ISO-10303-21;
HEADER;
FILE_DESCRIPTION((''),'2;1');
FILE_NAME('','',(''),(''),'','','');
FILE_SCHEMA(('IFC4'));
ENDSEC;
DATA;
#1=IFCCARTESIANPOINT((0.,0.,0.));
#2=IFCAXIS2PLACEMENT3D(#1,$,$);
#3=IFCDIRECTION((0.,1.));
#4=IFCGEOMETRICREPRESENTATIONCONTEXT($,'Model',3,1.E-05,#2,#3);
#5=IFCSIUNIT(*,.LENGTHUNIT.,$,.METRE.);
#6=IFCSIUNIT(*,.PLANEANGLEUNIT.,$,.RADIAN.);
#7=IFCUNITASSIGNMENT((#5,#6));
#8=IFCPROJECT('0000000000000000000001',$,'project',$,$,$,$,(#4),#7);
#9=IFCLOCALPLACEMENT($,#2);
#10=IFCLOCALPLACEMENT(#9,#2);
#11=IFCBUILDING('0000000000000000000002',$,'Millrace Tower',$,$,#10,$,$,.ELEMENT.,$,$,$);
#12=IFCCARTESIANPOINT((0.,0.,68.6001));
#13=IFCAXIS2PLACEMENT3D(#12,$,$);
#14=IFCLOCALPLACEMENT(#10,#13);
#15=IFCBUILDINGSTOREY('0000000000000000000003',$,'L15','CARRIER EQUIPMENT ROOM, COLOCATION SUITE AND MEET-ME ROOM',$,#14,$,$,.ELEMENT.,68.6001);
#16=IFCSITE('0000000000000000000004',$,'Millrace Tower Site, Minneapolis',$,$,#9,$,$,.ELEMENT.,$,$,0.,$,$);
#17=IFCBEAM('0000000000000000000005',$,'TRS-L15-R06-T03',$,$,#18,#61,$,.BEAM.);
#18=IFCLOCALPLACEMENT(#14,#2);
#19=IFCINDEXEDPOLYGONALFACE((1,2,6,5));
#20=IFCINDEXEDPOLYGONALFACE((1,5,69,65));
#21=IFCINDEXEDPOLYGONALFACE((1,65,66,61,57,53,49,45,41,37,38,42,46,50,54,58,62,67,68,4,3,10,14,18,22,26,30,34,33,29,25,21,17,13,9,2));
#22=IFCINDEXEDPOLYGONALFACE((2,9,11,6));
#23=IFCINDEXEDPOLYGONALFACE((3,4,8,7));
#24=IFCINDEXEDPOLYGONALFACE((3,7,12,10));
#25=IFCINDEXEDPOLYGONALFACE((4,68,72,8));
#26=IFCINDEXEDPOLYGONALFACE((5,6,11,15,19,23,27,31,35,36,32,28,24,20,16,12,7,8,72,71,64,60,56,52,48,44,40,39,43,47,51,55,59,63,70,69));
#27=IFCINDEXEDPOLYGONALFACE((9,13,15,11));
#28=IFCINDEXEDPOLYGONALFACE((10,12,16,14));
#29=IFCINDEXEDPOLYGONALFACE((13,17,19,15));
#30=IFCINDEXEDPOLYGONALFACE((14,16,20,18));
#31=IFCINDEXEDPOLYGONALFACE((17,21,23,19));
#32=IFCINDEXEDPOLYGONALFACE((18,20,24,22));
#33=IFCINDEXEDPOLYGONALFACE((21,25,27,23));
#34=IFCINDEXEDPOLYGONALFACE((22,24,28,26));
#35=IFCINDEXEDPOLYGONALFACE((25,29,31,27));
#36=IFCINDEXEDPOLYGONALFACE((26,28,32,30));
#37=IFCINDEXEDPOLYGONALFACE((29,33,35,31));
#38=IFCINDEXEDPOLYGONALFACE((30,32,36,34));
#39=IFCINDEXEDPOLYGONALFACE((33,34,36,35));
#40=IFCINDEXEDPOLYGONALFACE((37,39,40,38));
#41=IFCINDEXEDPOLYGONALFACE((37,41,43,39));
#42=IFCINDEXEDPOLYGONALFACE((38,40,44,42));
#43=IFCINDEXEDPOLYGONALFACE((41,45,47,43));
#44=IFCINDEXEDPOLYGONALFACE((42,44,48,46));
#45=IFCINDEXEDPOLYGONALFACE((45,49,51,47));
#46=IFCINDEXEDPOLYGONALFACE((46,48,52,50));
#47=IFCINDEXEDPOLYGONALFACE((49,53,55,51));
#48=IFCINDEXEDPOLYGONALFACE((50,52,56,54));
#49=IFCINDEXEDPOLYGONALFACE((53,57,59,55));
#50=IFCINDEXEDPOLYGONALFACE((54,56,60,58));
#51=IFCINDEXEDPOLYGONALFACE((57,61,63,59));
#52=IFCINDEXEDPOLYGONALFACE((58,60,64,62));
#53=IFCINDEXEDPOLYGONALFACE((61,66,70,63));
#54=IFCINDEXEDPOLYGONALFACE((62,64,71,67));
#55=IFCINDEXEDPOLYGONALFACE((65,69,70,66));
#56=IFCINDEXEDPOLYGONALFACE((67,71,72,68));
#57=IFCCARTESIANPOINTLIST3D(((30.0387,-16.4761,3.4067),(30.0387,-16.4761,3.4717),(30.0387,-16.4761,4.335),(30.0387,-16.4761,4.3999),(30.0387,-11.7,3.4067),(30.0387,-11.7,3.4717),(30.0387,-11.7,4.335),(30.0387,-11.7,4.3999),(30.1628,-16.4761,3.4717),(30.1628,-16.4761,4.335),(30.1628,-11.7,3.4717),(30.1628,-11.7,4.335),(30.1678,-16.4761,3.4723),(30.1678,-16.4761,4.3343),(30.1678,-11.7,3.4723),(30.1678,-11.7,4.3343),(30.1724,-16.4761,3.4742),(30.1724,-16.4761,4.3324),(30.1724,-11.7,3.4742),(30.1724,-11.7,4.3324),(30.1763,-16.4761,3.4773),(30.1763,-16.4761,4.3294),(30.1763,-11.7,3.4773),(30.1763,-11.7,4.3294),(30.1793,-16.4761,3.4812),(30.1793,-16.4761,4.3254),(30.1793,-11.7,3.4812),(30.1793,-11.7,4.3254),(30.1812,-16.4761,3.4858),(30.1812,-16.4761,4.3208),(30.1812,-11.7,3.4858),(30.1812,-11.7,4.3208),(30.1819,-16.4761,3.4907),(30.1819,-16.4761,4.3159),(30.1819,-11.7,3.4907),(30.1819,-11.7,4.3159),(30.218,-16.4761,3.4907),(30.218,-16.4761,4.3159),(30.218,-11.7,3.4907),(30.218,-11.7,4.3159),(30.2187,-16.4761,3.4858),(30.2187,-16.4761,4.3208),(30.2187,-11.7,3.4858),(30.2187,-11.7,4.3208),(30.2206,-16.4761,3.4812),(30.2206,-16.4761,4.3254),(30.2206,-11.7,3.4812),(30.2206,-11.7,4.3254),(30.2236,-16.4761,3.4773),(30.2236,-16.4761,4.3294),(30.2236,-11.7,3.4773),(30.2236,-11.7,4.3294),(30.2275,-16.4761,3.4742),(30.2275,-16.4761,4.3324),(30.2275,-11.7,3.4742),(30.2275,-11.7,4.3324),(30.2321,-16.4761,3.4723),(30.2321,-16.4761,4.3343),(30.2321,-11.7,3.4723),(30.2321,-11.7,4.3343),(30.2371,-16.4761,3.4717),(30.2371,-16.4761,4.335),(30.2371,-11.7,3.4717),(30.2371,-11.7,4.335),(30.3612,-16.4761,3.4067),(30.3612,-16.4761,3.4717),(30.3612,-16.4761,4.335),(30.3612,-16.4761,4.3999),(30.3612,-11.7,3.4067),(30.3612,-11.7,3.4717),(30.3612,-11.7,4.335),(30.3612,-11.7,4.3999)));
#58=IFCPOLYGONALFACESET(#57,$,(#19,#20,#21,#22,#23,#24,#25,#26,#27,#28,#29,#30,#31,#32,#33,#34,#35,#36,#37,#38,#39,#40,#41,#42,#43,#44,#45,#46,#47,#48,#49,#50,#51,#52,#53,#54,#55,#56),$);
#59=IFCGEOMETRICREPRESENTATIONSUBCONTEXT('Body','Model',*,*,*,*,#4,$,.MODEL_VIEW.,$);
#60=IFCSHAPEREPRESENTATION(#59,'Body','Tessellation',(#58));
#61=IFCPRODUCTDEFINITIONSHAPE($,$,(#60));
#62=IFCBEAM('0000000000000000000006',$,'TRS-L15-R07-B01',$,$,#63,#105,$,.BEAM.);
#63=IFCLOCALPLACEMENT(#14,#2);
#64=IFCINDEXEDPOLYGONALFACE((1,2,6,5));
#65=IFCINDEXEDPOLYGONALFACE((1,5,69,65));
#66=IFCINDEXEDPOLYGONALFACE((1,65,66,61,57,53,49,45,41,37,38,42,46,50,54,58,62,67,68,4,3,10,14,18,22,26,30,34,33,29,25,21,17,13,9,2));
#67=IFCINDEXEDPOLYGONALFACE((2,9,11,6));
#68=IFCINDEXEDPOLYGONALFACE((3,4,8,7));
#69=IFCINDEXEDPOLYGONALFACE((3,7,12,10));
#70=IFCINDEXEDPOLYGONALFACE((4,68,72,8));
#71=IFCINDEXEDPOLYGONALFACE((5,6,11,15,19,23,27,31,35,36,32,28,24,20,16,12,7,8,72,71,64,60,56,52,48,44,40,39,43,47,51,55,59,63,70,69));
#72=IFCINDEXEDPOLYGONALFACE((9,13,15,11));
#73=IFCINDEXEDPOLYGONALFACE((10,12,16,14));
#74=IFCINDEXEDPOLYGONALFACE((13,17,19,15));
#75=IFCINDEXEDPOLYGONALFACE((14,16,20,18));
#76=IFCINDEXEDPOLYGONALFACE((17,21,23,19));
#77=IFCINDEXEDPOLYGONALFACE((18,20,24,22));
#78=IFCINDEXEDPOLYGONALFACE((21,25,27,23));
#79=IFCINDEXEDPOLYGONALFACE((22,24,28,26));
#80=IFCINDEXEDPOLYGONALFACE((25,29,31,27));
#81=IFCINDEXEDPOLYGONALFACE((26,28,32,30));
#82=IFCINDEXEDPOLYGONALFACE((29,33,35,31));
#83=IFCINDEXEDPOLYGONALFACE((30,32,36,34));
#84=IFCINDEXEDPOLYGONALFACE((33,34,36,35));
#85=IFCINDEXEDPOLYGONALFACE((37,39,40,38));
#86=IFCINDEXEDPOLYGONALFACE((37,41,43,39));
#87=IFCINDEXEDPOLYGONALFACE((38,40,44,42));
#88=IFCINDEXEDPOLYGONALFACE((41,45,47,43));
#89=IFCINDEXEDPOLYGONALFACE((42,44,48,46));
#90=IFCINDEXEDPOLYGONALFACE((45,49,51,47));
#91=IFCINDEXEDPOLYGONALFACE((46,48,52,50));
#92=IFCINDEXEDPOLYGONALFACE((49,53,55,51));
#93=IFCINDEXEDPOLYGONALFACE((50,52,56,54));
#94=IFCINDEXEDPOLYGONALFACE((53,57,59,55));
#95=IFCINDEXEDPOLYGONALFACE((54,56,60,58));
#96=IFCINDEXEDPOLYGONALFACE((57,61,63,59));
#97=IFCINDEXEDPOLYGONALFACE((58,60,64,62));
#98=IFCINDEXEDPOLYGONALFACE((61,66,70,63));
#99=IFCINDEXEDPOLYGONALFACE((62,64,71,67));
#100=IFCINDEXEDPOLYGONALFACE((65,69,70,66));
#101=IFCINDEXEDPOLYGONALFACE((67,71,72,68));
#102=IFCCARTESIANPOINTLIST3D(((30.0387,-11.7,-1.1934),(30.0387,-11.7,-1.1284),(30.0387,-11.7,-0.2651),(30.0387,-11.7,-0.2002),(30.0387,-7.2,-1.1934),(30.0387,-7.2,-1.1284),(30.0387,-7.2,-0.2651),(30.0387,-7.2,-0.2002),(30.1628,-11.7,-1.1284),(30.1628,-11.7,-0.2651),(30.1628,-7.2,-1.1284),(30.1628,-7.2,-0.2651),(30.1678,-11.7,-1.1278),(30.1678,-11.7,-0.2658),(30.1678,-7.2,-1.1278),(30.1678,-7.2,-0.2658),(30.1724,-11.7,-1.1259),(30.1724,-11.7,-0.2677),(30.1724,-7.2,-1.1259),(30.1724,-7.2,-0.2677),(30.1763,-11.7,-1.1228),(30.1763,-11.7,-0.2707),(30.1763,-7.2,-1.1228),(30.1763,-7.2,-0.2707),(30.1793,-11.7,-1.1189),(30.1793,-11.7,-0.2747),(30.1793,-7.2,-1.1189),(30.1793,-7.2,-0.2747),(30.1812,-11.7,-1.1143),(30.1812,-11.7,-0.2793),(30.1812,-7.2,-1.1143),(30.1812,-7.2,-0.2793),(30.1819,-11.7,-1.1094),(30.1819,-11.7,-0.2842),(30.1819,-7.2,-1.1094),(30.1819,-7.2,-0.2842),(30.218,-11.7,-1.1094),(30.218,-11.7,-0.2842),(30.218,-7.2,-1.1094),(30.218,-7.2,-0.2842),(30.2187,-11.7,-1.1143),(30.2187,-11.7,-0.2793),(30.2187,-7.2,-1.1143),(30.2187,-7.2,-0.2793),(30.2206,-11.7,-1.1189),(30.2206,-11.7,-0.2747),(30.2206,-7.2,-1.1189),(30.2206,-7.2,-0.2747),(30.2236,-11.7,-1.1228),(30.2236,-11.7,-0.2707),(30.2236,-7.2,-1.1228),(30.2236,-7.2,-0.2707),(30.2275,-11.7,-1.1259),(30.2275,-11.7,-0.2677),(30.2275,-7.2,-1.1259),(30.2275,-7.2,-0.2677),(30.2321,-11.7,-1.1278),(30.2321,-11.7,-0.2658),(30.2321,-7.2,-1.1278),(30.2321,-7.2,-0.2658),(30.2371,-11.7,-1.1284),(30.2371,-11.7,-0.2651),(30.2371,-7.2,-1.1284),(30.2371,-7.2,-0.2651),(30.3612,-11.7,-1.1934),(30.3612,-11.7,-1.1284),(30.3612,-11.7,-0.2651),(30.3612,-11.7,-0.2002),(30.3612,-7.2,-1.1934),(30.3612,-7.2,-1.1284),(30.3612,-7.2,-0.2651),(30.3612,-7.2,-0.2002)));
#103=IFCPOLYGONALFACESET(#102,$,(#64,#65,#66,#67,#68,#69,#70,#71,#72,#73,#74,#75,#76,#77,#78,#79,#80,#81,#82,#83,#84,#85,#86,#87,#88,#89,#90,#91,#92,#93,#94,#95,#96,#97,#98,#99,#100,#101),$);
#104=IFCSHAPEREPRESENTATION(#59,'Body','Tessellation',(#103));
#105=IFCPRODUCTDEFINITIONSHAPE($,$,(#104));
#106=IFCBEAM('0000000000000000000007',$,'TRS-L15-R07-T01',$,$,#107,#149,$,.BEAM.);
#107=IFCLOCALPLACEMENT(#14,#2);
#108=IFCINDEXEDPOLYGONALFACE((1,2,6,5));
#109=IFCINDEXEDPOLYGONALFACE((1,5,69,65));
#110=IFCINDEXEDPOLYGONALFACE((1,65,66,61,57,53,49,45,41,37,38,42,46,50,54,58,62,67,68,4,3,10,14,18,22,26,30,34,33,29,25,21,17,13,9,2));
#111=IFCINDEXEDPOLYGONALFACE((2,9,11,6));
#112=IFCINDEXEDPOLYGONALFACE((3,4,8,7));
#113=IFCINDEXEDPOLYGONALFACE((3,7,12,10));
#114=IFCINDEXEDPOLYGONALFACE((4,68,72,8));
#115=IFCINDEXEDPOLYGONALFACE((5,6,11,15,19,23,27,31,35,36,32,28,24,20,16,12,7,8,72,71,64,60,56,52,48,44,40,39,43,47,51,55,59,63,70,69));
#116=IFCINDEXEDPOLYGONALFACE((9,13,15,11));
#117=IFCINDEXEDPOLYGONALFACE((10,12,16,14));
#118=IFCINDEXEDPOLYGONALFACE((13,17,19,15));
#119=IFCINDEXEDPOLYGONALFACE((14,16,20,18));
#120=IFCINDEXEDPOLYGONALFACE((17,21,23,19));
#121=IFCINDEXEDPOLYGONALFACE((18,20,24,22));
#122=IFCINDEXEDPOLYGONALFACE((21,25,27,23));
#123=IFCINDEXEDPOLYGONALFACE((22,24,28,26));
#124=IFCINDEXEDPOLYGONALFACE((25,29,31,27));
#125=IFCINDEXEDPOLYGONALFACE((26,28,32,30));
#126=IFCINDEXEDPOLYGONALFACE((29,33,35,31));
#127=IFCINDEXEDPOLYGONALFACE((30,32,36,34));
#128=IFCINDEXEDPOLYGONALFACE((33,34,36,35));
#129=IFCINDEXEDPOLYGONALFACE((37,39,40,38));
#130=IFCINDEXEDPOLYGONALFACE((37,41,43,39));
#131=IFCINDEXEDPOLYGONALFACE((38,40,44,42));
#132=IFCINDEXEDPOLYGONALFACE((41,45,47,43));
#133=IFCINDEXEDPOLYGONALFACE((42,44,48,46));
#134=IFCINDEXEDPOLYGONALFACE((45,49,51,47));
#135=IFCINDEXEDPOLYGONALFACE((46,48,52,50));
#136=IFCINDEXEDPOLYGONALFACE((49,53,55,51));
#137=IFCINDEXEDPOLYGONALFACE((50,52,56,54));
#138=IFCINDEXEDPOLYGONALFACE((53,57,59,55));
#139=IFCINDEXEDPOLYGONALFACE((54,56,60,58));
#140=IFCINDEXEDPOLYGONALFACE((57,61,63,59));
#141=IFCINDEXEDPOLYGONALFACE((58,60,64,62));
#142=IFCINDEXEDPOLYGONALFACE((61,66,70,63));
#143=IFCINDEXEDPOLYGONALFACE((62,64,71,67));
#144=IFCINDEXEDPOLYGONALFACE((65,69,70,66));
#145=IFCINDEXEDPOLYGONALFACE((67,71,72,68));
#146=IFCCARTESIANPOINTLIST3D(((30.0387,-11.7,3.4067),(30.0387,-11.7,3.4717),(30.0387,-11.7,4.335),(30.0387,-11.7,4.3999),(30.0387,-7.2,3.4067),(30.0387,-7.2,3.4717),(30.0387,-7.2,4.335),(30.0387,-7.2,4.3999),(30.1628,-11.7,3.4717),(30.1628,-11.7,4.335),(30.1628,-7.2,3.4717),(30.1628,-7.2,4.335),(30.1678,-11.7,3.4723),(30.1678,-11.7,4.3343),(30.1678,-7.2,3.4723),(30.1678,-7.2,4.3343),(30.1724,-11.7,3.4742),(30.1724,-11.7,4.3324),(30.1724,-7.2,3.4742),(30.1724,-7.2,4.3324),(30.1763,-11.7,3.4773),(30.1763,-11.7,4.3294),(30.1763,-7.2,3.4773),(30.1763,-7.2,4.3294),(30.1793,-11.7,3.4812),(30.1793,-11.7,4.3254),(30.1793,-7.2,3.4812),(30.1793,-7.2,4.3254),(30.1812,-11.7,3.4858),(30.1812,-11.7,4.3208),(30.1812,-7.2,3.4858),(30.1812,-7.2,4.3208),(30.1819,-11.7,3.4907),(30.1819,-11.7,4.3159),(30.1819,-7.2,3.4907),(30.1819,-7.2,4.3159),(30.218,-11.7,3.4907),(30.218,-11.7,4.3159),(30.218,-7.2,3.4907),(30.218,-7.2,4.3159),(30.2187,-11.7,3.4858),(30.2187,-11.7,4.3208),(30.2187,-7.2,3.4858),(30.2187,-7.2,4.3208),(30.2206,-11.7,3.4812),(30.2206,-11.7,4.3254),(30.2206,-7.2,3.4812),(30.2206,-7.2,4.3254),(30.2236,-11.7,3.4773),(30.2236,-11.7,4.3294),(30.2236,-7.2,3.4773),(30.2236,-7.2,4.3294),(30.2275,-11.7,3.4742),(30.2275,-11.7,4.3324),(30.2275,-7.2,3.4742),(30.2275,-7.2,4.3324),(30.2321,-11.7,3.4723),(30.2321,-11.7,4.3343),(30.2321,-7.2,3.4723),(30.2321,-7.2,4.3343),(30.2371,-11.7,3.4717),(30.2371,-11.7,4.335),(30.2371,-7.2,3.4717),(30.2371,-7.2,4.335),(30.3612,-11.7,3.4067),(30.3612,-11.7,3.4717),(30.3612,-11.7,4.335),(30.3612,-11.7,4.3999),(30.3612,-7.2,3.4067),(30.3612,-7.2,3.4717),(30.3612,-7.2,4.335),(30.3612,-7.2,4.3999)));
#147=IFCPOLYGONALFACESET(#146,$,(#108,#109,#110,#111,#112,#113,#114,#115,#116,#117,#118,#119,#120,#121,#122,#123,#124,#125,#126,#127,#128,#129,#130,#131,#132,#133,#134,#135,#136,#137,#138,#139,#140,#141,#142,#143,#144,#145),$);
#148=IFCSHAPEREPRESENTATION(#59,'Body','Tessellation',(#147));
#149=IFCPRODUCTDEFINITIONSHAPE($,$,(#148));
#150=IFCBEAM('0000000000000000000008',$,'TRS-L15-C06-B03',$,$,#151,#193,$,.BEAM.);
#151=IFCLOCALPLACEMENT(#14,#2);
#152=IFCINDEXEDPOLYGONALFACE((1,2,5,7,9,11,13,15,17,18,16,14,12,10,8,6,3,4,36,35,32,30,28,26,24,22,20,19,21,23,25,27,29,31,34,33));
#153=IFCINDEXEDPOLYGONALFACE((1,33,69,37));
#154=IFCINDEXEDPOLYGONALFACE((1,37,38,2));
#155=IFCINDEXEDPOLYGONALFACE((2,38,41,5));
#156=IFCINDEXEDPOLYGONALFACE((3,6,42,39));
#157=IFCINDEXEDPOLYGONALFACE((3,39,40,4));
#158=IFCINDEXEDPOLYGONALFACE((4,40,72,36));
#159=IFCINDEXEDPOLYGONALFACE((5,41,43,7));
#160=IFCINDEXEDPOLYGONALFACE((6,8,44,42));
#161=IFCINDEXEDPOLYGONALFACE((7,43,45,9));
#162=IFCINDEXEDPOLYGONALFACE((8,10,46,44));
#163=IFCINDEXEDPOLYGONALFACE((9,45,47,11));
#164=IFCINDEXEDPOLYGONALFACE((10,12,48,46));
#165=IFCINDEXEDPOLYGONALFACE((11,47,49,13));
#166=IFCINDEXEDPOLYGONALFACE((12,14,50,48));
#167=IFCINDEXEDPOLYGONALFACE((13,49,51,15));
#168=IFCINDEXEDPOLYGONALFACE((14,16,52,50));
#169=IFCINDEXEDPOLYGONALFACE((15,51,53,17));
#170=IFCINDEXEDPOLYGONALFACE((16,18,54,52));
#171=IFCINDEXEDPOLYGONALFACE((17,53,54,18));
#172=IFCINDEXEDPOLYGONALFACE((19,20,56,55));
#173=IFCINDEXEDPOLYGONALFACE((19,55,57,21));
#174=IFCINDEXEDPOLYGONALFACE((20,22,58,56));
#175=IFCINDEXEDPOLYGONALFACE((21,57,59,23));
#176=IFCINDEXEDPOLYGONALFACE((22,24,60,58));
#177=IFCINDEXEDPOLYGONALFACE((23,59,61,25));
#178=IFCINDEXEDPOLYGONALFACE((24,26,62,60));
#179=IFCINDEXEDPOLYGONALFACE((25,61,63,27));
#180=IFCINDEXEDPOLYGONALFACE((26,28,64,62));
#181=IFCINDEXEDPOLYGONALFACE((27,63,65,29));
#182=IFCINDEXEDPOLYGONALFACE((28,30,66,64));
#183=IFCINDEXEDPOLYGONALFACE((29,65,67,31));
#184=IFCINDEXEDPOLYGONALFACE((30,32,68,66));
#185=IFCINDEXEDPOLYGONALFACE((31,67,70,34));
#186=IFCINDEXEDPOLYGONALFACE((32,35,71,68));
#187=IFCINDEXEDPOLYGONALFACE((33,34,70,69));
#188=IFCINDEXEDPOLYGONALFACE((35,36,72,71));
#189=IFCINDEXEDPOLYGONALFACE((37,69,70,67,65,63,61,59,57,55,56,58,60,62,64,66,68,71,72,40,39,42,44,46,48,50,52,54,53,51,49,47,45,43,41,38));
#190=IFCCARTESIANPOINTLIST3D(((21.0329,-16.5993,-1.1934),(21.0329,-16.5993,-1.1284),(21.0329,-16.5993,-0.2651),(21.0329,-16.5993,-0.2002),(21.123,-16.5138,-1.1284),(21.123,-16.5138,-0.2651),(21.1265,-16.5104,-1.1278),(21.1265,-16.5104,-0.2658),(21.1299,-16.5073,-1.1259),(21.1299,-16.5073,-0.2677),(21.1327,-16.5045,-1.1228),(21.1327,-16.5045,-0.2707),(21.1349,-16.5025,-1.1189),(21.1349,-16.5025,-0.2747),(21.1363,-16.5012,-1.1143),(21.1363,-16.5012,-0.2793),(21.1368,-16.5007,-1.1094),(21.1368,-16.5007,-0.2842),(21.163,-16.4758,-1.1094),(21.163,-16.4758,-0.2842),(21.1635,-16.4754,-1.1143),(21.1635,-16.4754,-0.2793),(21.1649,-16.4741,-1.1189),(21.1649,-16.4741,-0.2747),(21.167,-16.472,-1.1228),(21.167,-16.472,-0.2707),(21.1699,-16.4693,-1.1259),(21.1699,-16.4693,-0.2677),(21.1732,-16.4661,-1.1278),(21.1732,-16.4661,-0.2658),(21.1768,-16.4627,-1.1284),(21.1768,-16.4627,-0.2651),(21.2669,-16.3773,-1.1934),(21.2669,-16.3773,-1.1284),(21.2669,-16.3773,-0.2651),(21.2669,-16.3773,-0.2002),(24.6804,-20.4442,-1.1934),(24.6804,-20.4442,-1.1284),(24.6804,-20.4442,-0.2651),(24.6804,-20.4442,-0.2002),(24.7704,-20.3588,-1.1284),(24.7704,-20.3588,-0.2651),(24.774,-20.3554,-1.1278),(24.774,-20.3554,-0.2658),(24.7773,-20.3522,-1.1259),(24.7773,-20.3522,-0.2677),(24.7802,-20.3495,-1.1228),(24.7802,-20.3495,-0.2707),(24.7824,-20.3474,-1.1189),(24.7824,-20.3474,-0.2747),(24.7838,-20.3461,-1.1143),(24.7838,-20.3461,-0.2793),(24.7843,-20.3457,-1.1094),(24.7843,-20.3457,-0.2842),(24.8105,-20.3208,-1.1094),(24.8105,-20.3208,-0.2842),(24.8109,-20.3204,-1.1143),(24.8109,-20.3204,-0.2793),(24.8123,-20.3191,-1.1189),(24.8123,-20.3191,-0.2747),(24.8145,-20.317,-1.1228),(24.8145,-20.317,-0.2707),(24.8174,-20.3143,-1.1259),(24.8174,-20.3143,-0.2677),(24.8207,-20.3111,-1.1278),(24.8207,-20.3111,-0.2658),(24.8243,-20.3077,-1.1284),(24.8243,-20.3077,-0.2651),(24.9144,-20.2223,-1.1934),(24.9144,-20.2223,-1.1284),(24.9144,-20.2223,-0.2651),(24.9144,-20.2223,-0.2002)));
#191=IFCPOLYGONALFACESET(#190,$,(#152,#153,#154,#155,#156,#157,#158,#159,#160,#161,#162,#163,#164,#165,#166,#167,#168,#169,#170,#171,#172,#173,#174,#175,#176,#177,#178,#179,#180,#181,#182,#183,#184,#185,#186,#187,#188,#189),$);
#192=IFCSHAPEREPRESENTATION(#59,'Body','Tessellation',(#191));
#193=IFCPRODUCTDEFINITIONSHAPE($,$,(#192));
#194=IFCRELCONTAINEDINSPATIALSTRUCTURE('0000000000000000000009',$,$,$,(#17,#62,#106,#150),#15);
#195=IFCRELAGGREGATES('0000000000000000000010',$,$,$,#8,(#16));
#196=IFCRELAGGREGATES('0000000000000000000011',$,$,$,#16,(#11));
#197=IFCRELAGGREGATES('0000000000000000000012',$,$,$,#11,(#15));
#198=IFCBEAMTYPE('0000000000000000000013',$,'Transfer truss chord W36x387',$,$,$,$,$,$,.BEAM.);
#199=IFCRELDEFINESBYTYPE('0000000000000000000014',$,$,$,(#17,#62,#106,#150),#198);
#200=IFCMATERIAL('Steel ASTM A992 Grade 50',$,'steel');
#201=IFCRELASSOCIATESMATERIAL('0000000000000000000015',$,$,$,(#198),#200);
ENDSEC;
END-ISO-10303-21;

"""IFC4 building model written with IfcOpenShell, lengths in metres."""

from ifc_helpers import new_model, si_unit, direction, frame, origin, origin_2d, place, context, subcontext, project, spatial, i_section, extrude, material, material_profile, profile_set, type_object, element, save


model = new_model("IFC4")

# Units and contexts
model_context = context("Model", 3, precision=1e-05, world=origin(), true_north=direction((0.0, 1.0)))
body_context = subcontext(model_context, "Body", "Model", "MODEL_VIEW")
ifc_project = project(units=[si_unit("LENGTHUNIT", "METRE"), si_unit("PLANEANGLEUNIT", "RADIAN")], contexts=[model_context])

# Site, building, storey
site_placement = place(None, origin())
site = spatial("IfcSite", under=ifc_project, at=site_placement, Name="Millrace Tower Site, Minneapolis", CompositionType="ELEMENT", RefElevation=0.0)
building_placement = place(site_placement, origin())
building = spatial("IfcBuilding", under=site, at=building_placement, Name="Millrace Tower", CompositionType="ELEMENT")
storey_placement = place(building_placement, frame((0.0, 0.0, 68.6001)))
storey = spatial("IfcBuildingStorey", under=building, at=storey_placement, Name="L15", Description="CARRIER EQUIPMENT ROOM, COLOCATION SUITE AND MEET-ME ROOM", CompositionType="ELEMENT", Elevation=68.6001)

# Beams
ifc_material_1 = material(Name="Steel ASTM A992 Grade 50", Category="steel")
ifc_material_profile_1 = material_profile(ifc_material_1, i_section(OverallWidth=0.3225, OverallDepth=0.9932, WebThickness=0.0361, FlangeThickness=0.0649, FilletRadius=0.019, at=origin_2d()))
ifc_profile_set_1 = profile_set([ifc_material_profile_1], Name="Steel ASTM A992 Grade 50")
beam_type_1 = type_object("IfcBeamType", Name="Transfer truss chord W36x387", PredefinedType="BEAM", material=ifc_profile_set_1)
for number, where, z_axis, x_axis, name in (
    (1, (30.2, -16.4761, 3.9033), (0.0, 1.0, 0.0), (-1.0, 0.0, 0.0), "TRS-L15-R06-T03"),
):
    element("IfcBeam", number, at=place(storey_placement, frame(where, z_axis=z_axis, x_axis=x_axis)), inside=storey, type_object=beam_type_1, Name=name, PredefinedType="BEAM", context=body_context, shape_type="SweptSolid", body=[
        extrude(i_section(OverallWidth=0.3225, OverallDepth=0.9932, WebThickness=0.0361, FlangeThickness=0.0649, FilletRadius=0.019, at=origin_2d()), origin(), (0.0, 0.0, 1.0), 4.7761),
    ])
for number, where, z_axis, x_axis, name in (
    (2, (30.2, -11.7, -0.6968), (0.0, 1.0, 0.0), (-1.0, 0.0, 0.0), "TRS-L15-R07-B01"),
    (3, (30.2, -11.7, 3.9033), (0.0, 1.0, 0.0), (-1.0, 0.0, 0.0), "TRS-L15-R07-T01"),
):
    element("IfcBeam", number, at=place(storey_placement, frame(where, z_axis=z_axis, x_axis=x_axis)), inside=storey, type_object=beam_type_1, Name=name, PredefinedType="BEAM", context=body_context, shape_type="SweptSolid", body=[
        extrude(i_section(OverallWidth=0.3225, OverallDepth=0.9932, WebThickness=0.0361, FlangeThickness=0.0649, FilletRadius=0.019, at=origin_2d()), origin(), (0.0, 0.0, 1.0), 4.5),
    ])
for number, where, z_axis, x_axis, name in (
    (4, (24.7974, -20.3333, -0.6968), (-0.688227, 0.725495, 0.0), (-0.725495, -0.688227, 0.0), "TRS-L15-C06-B03"),
):
    element("IfcBeam", number, at=place(storey_placement, frame(where, z_axis=z_axis, x_axis=x_axis)), inside=storey, type_object=beam_type_1, Name=name, PredefinedType="BEAM", context=body_context, shape_type="SweptSolid", body=[
        extrude(i_section(OverallWidth=0.3225, OverallDepth=0.9932, WebThickness=0.0361, FlangeThickness=0.0649, FilletRadius=0.019, at=origin_2d()), origin(), (0.0, 0.0, 1.0), 5.2998),
    ])

save(model, "model.ifc")
